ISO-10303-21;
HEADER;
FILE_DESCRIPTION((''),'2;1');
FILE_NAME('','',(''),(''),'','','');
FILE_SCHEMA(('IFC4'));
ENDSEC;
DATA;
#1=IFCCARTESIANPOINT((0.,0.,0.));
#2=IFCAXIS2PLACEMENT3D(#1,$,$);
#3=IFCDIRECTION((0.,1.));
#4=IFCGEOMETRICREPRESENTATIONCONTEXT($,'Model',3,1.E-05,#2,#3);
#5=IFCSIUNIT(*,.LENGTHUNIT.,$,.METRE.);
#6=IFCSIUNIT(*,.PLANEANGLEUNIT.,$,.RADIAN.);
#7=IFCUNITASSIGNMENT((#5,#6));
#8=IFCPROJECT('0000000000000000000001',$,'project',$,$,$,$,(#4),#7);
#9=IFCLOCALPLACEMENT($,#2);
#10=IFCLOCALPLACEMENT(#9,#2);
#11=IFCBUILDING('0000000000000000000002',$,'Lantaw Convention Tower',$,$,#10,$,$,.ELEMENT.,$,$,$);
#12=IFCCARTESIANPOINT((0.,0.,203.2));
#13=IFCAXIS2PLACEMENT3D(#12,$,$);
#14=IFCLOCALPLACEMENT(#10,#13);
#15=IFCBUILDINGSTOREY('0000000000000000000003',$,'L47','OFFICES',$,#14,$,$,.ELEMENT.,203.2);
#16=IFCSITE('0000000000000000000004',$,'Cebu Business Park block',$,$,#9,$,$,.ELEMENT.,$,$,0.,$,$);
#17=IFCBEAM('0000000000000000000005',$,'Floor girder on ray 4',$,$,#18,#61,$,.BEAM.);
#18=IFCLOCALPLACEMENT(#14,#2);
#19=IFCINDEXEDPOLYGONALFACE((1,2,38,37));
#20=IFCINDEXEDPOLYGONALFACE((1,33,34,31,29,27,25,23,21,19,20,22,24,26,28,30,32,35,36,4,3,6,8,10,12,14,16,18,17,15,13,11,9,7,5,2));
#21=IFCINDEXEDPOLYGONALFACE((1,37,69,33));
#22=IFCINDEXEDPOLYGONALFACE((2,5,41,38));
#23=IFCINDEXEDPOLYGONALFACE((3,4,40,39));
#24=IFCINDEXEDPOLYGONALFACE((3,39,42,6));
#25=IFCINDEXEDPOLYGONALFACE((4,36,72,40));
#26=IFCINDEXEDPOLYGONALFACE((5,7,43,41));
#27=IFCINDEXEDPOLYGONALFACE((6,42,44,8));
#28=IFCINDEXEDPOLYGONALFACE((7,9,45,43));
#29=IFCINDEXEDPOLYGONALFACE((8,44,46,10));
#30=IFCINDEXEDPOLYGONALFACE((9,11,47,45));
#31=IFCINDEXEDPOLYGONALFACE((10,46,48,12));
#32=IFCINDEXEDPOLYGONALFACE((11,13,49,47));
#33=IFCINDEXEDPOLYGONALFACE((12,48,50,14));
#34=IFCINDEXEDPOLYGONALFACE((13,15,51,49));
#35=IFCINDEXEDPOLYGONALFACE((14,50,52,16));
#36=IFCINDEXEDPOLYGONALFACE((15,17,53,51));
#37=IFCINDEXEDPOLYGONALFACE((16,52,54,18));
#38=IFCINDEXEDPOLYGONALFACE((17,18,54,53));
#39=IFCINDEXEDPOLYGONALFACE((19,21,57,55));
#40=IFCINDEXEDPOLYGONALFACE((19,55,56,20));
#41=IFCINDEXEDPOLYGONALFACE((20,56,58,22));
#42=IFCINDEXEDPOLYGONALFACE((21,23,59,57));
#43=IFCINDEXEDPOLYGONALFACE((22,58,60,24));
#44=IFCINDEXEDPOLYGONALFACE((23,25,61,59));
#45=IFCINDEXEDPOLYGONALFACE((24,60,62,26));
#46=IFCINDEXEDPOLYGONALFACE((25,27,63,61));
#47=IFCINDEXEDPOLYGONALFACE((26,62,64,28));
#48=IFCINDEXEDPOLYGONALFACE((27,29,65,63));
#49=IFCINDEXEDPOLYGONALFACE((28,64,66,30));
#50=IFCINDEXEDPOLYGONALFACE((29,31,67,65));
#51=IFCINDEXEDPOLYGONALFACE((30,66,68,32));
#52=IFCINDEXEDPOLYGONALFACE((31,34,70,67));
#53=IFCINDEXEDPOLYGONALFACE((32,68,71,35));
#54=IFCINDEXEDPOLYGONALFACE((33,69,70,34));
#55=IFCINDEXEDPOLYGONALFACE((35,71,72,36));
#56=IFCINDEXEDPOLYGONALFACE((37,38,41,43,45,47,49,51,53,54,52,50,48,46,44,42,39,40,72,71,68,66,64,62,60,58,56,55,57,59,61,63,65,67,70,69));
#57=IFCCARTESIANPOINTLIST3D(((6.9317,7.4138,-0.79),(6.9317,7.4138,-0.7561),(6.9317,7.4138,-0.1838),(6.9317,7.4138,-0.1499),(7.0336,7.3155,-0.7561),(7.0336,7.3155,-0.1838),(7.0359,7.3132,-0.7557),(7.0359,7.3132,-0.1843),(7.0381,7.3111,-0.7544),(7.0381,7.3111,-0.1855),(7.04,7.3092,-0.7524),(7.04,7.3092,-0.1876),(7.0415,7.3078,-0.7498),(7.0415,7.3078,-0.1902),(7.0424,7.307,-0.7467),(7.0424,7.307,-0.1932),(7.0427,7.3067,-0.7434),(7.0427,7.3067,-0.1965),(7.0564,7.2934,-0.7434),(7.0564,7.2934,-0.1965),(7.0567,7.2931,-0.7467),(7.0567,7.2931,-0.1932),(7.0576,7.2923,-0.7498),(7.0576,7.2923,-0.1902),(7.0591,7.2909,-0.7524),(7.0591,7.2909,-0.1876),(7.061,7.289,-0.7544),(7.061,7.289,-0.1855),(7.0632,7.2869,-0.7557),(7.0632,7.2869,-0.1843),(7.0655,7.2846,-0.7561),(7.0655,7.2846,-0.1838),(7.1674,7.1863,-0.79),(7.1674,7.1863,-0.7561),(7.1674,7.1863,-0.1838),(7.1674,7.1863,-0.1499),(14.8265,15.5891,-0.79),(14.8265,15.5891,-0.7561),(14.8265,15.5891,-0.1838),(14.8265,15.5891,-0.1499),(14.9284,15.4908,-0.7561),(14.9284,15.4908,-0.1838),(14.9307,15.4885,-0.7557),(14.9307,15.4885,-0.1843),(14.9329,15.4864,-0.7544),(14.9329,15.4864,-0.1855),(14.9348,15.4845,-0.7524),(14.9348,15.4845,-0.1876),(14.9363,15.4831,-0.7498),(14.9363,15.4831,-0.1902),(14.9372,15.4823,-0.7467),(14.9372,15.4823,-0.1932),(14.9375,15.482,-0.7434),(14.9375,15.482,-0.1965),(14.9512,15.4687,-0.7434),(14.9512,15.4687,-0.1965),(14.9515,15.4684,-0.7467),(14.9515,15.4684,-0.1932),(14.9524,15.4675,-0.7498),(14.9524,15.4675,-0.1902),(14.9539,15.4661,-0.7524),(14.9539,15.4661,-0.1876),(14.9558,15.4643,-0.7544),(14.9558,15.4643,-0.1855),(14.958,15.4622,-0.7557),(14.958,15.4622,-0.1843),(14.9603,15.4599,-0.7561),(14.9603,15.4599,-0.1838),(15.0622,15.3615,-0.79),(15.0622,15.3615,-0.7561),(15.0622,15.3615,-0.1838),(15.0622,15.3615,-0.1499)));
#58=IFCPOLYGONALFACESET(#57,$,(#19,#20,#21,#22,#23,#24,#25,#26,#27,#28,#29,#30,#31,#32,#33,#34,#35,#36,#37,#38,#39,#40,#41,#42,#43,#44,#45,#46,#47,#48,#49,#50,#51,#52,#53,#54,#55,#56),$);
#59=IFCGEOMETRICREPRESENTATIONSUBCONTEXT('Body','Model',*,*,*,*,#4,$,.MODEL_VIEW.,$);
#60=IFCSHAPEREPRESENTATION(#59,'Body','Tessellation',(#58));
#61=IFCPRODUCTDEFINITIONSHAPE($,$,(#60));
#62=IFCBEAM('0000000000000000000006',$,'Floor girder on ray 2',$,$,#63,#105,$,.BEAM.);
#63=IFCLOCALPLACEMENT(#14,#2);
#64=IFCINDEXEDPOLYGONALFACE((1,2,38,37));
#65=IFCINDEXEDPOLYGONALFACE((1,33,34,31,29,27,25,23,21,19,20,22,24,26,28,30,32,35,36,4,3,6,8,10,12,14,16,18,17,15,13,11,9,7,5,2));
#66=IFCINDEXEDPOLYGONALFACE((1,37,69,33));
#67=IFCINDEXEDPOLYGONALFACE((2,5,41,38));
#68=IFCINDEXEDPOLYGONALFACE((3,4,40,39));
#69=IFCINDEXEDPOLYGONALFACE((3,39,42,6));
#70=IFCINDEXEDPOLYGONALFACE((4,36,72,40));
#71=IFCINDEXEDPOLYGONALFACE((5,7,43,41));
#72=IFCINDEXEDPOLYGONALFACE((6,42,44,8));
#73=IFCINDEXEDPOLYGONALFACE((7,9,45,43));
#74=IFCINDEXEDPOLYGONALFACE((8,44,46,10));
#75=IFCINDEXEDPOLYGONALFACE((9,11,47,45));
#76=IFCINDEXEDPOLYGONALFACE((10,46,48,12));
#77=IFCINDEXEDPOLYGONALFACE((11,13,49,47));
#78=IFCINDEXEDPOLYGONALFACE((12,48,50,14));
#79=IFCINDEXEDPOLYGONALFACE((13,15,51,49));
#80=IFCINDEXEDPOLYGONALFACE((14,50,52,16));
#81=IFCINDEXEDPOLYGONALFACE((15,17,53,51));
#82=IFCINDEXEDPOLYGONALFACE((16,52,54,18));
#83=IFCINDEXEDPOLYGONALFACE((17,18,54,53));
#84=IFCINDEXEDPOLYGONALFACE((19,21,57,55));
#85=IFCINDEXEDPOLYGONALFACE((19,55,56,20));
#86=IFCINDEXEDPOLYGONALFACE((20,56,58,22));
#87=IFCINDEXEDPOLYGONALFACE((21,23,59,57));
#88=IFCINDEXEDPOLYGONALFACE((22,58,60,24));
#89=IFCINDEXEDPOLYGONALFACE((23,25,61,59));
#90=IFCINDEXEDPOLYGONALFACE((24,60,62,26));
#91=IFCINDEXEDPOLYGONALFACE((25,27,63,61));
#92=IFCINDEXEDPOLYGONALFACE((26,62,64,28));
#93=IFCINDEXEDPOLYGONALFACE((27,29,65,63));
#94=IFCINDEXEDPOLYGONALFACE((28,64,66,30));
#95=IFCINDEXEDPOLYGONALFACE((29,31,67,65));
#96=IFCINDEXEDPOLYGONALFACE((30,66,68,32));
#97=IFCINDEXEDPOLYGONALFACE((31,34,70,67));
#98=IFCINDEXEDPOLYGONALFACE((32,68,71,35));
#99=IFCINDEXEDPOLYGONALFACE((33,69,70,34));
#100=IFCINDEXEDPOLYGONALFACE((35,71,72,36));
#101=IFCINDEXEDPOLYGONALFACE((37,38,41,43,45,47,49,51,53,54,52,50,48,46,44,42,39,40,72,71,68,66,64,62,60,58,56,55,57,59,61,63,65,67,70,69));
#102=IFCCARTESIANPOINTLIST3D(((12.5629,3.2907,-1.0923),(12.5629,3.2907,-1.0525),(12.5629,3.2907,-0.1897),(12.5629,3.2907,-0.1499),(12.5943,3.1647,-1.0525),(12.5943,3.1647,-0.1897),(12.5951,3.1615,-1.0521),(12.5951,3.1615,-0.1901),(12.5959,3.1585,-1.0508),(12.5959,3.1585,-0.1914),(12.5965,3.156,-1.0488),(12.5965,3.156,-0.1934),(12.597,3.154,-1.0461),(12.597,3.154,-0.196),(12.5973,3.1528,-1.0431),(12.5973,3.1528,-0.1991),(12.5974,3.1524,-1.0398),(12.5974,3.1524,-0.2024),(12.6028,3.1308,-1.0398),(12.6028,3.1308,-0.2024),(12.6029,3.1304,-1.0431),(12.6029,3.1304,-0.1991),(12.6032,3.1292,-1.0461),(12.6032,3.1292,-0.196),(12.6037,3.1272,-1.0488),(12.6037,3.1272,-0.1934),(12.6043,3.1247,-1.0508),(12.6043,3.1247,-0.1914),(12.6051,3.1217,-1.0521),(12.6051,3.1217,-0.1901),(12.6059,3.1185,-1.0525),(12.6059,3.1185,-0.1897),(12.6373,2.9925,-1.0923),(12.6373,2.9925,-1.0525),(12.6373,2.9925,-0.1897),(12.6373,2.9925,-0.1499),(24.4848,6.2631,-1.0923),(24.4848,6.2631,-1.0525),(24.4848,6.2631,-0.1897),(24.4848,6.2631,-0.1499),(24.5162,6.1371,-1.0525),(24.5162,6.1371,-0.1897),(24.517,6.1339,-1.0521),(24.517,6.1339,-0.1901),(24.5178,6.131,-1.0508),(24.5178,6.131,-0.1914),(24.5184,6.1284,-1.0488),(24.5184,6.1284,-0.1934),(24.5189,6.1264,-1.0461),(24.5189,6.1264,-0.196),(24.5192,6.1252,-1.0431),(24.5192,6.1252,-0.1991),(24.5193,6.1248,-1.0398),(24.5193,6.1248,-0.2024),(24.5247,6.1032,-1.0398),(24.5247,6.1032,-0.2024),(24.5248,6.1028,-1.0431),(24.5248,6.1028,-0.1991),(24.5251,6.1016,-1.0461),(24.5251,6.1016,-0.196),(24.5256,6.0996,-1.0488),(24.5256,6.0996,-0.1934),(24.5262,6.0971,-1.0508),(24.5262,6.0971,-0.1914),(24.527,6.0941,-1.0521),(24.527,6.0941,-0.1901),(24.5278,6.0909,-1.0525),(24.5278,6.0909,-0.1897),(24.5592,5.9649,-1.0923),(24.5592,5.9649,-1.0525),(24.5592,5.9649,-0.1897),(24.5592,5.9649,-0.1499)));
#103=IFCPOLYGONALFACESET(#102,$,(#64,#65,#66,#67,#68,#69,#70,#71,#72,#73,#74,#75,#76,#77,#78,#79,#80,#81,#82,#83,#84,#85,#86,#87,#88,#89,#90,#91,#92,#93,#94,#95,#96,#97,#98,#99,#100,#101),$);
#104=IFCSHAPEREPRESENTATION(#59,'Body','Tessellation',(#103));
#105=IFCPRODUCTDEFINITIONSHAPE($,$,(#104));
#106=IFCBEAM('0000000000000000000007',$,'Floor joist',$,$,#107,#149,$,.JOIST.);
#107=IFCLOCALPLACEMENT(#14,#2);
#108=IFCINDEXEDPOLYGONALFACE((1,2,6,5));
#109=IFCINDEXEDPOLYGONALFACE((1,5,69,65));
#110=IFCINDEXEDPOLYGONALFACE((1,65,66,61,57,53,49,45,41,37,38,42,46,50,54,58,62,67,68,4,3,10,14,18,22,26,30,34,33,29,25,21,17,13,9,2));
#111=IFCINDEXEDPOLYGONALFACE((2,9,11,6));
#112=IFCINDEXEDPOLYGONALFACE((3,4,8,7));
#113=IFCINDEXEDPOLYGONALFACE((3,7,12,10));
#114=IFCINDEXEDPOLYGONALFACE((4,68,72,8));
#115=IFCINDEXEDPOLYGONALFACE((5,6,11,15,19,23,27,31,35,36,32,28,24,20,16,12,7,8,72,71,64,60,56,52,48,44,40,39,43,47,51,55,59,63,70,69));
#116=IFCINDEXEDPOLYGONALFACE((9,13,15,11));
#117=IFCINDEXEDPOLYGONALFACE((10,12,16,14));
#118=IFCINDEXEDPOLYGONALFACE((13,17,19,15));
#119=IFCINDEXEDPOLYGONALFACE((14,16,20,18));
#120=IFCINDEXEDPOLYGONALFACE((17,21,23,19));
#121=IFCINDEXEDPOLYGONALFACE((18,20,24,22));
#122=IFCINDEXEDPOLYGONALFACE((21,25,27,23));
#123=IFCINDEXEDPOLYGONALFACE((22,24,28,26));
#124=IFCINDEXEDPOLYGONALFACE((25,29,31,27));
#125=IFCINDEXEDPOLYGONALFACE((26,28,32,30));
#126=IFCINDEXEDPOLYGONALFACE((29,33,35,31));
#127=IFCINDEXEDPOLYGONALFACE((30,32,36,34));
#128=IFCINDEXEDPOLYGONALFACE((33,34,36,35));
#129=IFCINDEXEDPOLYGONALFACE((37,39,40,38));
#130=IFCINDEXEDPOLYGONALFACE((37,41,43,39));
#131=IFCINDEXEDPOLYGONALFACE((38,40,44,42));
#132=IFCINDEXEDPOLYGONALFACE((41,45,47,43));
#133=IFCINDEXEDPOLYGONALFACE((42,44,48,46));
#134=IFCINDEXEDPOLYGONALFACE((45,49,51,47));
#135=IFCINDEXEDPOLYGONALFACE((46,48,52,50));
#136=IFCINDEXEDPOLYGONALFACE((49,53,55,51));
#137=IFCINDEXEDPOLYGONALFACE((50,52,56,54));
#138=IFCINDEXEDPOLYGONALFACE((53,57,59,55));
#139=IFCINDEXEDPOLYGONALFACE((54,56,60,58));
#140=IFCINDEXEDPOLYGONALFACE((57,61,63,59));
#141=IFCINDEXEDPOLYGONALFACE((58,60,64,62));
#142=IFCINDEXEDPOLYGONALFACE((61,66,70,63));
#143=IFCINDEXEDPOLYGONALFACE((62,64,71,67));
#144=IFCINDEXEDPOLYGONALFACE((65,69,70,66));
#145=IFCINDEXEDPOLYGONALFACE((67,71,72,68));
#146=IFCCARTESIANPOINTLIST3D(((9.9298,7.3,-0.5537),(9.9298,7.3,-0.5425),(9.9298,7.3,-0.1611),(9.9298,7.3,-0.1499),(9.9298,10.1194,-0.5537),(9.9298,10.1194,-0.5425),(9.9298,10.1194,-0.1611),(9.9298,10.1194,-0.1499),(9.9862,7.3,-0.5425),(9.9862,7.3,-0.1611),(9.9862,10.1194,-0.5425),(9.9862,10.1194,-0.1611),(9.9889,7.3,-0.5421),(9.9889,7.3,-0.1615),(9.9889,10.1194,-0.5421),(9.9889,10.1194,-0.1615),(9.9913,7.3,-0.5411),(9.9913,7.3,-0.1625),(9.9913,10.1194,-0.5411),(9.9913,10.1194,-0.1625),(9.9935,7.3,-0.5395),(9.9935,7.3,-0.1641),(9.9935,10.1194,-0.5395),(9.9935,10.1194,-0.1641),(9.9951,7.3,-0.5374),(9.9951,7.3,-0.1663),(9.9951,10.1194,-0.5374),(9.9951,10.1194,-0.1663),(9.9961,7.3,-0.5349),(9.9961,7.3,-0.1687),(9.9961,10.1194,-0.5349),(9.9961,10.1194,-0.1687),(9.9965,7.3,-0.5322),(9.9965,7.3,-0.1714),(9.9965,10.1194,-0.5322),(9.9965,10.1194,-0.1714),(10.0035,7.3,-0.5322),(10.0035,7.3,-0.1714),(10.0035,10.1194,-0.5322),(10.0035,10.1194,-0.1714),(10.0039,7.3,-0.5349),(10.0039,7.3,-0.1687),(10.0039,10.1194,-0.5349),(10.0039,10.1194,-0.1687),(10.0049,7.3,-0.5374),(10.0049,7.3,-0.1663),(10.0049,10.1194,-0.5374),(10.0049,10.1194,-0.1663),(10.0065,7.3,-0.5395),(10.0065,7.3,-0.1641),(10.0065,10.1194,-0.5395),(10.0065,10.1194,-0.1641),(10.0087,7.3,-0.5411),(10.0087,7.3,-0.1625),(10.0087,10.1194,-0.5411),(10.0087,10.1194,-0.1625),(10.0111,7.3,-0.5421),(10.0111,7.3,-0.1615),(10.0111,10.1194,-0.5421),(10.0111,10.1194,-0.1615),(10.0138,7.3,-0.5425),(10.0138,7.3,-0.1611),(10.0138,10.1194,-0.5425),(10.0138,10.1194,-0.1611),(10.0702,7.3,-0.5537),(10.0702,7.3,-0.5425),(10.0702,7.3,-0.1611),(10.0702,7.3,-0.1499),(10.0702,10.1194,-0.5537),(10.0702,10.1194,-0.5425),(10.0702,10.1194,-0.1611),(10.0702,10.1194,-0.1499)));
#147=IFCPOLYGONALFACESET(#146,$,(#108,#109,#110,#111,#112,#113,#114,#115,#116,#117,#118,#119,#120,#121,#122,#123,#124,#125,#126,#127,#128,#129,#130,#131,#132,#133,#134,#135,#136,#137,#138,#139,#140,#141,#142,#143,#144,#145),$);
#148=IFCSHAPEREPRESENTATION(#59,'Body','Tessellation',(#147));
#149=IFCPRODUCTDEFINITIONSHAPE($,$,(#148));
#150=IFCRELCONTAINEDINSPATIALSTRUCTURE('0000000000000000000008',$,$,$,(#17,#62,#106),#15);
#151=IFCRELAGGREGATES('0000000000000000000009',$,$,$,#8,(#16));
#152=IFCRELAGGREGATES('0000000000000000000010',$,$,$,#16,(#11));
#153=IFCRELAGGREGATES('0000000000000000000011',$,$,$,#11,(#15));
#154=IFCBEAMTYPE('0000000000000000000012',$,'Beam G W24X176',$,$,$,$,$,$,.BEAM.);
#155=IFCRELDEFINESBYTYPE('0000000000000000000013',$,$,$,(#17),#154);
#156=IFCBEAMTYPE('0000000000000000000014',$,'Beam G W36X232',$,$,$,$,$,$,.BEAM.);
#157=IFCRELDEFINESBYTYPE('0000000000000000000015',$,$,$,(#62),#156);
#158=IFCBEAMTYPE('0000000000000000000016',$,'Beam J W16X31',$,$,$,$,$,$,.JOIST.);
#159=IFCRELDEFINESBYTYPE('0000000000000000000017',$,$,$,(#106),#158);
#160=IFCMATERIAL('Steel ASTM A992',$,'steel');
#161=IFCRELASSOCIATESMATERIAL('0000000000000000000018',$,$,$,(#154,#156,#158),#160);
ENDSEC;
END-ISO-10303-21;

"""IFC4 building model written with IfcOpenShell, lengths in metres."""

from ifc_helpers import new_model, si_unit, direction, frame, origin, origin_2d, place, context, subcontext, project, spatial, i_section, extrude, material, material_profile, profile_set, type_object, element, save


model = new_model("IFC4")

# Units and contexts
model_context = context("Model", 3, precision=1e-05, world=origin(), true_north=direction((0.0, 1.0)))
body_context = subcontext(model_context, "Body", "Model", "MODEL_VIEW")
ifc_project = project(units=[si_unit("LENGTHUNIT", "METRE"), si_unit("PLANEANGLEUNIT", "RADIAN")], contexts=[model_context])

# Site, building, storey
site_placement = place(None, origin())
site = spatial("IfcSite", under=ifc_project, at=site_placement, Name="Cebu Business Park block", CompositionType="ELEMENT", RefElevation=0.0)
building_placement = place(site_placement, origin())
building = spatial("IfcBuilding", under=site, at=building_placement, Name="Lantaw Convention Tower", CompositionType="ELEMENT")
storey_placement = place(building_placement, frame((0.0, 0.0, 203.2)))
storey = spatial("IfcBuildingStorey", under=building, at=storey_placement, Name="L47", Description="OFFICES", CompositionType="ELEMENT", Elevation=203.2)

# Beams
ifc_material_1 = material(Name="Steel ASTM A992", Category="steel")
ifc_material_profile_1 = material_profile(ifc_material_1, i_section(OverallWidth=0.3276, OverallDepth=0.6401, WebThickness=0.019, FlangeThickness=0.0339, FilletRadius=0.0127, at=origin_2d()), Name="W24X176")
ifc_profile_set_1 = profile_set([ifc_material_profile_1], Name="Steel ASTM A992")
beam_type_1 = type_object("IfcBeamType", Name="Beam G W24X176", PredefinedType="BEAM", material=ifc_profile_set_1)
beam_1_placement = place(storey_placement, frame((7.0496, 7.3, -0.47), z_axis=(0.694658, 0.71934, 0.0), x_axis=(-0.71934, 0.694658, 0.0)))
element("IfcBeam", 1, at=beam_1_placement, inside=storey, type_object=beam_type_1, Name="Floor girder on ray 4", PredefinedType="BEAM", context=body_context, shape_type="SweptSolid", body=[
    extrude(i_section(OverallWidth=0.3276, OverallDepth=0.6401, WebThickness=0.019, FlangeThickness=0.0339, FilletRadius=0.0127, at=origin_2d()), origin(), (0.0, 0.0, 1.0), 11.365),
])
ifc_material_profile_2 = material_profile(ifc_material_1, i_section(OverallWidth=0.3074, OverallDepth=0.9424, WebThickness=0.0222, FlangeThickness=0.0398, FilletRadius=0.0127, at=origin_2d()), Name="W36X232")
ifc_profile_set_2 = profile_set([ifc_material_profile_2], Name="Steel ASTM A992")
beam_type_2 = type_object("IfcBeamType", Name="Beam G W36X232", PredefinedType="BEAM", material=ifc_profile_set_2)
beam_2_placement = place(storey_placement, frame((12.6001, 3.1416, -0.6211), z_axis=(0.970297, 0.241918, 0.0), x_axis=(-0.241918, 0.970297, 0.0)))
element("IfcBeam", 2, at=beam_2_placement, inside=storey, type_object=beam_type_2, Name="Floor girder on ray 2", PredefinedType="BEAM", context=body_context, shape_type="SweptSolid", body=[
    extrude(i_section(OverallWidth=0.3074, OverallDepth=0.9424, WebThickness=0.0222, FlangeThickness=0.0398, FilletRadius=0.0127, at=origin_2d()), origin(), (0.0, 0.0, 1.0), 12.2869),
])
ifc_material_profile_3 = material_profile(ifc_material_1, i_section(OverallWidth=0.1404, OverallDepth=0.4038, WebThickness=0.0071, FlangeThickness=0.0112, FilletRadius=0.0103, at=origin_2d()), Name="W16X31")
ifc_profile_set_3 = profile_set([ifc_material_profile_3], Name="Steel ASTM A992")
beam_type_3 = type_object("IfcBeamType", Name="Beam J W16X31", PredefinedType="JOIST", material=ifc_profile_set_3)
beam_3_placement = place(storey_placement, frame((10.0, 7.3, -0.3518), z_axis=(0.0, 1.0, 0.0), x_axis=(-1.0, 0.0, 0.0)))
element("IfcBeam", 3, at=beam_3_placement, inside=storey, type_object=beam_type_3, Name="Floor joist", PredefinedType="JOIST", context=body_context, shape_type="SweptSolid", body=[
    extrude(i_section(OverallWidth=0.1404, OverallDepth=0.4038, WebThickness=0.0071, FlangeThickness=0.0112, FilletRadius=0.0103, at=origin_2d()), origin(), (0.0, 0.0, 1.0), 2.8193),
])

save(model, "model.ifc")
